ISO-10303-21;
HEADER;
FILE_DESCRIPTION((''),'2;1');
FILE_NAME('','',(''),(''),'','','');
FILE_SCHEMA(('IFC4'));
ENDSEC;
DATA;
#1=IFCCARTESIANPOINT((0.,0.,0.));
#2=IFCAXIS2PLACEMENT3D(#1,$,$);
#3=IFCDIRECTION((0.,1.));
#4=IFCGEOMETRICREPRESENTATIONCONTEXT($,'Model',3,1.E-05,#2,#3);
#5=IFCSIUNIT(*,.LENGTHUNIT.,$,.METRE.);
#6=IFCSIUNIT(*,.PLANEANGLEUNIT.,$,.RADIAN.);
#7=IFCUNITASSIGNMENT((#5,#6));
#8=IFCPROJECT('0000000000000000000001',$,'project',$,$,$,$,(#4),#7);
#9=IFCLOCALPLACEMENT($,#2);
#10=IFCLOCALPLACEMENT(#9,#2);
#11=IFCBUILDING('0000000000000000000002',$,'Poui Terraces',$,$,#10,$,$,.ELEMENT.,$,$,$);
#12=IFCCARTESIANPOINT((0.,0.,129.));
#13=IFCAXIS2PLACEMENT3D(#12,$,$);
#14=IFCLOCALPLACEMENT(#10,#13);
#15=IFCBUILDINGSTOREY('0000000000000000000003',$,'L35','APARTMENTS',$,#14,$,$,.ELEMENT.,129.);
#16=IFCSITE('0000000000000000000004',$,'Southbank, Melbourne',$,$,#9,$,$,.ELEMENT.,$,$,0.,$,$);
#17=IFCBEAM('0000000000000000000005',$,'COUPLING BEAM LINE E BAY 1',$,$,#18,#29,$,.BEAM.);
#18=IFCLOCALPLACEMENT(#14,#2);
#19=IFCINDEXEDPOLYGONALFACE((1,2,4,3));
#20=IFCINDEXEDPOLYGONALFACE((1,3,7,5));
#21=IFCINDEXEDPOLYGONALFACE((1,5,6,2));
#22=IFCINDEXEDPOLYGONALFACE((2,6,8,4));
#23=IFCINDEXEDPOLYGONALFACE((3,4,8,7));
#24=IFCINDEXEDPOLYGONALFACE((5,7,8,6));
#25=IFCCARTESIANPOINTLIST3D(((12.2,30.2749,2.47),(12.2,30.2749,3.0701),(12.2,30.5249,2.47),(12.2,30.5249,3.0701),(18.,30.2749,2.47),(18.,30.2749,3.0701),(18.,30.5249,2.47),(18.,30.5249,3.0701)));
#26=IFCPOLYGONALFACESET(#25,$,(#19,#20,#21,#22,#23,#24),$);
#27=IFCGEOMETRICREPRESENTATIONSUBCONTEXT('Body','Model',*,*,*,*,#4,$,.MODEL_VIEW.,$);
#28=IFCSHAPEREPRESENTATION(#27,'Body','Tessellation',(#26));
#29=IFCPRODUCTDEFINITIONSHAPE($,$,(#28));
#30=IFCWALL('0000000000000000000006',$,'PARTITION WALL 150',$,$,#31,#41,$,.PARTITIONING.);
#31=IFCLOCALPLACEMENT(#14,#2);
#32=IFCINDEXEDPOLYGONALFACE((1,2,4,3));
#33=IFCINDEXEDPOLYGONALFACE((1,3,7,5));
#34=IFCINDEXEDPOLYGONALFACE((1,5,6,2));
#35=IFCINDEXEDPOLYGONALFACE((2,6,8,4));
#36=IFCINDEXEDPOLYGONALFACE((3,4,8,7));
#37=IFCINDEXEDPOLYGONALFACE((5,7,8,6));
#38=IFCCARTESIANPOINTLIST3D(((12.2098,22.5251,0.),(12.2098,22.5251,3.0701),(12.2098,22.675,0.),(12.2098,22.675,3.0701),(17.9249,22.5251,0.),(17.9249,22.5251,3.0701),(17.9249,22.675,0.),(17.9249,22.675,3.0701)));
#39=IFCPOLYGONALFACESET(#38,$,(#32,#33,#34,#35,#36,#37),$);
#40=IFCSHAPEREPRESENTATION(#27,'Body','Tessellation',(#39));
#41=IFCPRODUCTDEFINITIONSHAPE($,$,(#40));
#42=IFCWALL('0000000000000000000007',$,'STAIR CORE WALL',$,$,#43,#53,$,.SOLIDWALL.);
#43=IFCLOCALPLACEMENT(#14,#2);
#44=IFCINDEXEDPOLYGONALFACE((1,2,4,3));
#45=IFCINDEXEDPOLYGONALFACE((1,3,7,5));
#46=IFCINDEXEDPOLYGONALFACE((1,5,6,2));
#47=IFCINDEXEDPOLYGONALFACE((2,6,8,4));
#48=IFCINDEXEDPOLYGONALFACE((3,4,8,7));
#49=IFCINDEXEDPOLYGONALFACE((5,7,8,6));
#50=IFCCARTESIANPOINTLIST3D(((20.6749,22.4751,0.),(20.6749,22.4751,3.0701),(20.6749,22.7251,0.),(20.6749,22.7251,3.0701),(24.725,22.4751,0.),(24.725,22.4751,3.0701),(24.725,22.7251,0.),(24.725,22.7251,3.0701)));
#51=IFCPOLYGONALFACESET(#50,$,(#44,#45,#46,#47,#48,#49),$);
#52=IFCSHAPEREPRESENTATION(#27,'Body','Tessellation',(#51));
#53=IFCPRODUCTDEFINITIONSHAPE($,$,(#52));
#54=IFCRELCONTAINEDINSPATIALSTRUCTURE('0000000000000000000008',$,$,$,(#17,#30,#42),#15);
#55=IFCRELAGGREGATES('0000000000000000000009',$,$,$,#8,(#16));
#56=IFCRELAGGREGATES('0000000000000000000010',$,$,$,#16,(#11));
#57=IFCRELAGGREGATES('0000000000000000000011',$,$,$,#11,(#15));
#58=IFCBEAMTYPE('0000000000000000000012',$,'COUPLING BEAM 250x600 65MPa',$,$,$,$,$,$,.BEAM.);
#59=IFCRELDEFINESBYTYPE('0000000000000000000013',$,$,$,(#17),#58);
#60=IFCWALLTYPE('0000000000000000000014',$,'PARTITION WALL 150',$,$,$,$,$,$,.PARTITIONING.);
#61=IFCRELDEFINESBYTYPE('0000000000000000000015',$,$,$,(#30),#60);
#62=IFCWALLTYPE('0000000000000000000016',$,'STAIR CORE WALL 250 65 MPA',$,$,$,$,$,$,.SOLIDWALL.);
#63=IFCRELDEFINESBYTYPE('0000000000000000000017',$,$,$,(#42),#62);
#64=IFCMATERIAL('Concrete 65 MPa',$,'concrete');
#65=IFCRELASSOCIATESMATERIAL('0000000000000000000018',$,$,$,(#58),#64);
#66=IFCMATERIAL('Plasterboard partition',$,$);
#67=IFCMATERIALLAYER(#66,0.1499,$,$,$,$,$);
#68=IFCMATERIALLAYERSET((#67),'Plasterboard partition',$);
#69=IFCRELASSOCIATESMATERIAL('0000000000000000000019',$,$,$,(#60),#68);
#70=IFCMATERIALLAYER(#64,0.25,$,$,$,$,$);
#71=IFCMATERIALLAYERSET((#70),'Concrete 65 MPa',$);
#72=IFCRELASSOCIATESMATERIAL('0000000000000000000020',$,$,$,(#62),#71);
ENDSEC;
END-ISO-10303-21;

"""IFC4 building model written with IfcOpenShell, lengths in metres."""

from ifc_helpers import new_model, si_unit, direction, frame, frame_2d, origin, origin_2d, place, context, subcontext, project, spatial, rectangle, extrude, source, transform, mapped, material, layer, layer_set, material_profile, profile_set, type_object, element, save


model = new_model("IFC4")

# Units and contexts
model_context = context("Model", 3, precision=1e-05, world=origin(), true_north=direction((0.0, 1.0)))
body_context = subcontext(model_context, "Body", "Model", "MODEL_VIEW")
ifc_project = project(units=[si_unit("LENGTHUNIT", "METRE"), si_unit("PLANEANGLEUNIT", "RADIAN")], contexts=[model_context])

# Site, building, storey
site_placement = place(None, origin())
site = spatial("IfcSite", under=ifc_project, at=site_placement, Name="Southbank, Melbourne", CompositionType="ELEMENT", RefElevation=0.0)
building_placement = place(site_placement, origin())
building = spatial("IfcBuilding", under=site, at=building_placement, Name="Poui Terraces", CompositionType="ELEMENT")
storey_placement = place(building_placement, frame((0.0, 0.0, 129.0)))
storey = spatial("IfcBuildingStorey", under=building, at=storey_placement, Name="L35", Description="APARTMENTS", CompositionType="ELEMENT", Elevation=129.0)

# Beam
ifc_material_1 = material(Name="Concrete 65 MPa", Category="concrete")
ifc_material_profile = material_profile(ifc_material_1, rectangle(XDim=0.25, YDim=0.6001, at=origin_2d()), Name="RC 250x600")
ifc_profile_set = profile_set([ifc_material_profile], Name="Concrete 65 MPa")
beam_type = type_object("IfcBeamType", Name="COUPLING BEAM 250x600 65MPa", PredefinedType="BEAM", material=ifc_profile_set)
shared_shape = source(origin(), body_context, "Body", "SweptSolid", [
    extrude(rectangle(XDim=0.25, YDim=0.6001, at=origin_2d()), origin(), (0.0, 0.0, 1.0), 5.8),
])
beam_placement = place(storey_placement, frame((12.2, 30.3999, 2.77), z_axis=(1.0, 0.0, 0.0), x_axis=(0.0, 1.0, 0.0)))
element("IfcBeam", 1, at=beam_placement, inside=storey, type_object=beam_type, Name="COUPLING BEAM LINE E BAY 1", PredefinedType="BEAM", context=body_context, shape_type="MappedRepresentation", body=[
    mapped(shared_shape, transform((0.0, 0.0, 0.0))),
])

# Walls
ifc_material_2 = material(Name="Plasterboard partition")
ifc_layer_1 = layer(ifc_material_2, 0.1499)
ifc_layer_set_1 = layer_set([ifc_layer_1], Name="Plasterboard partition")
wall_type_1 = type_object("IfcWallType", Name="PARTITION WALL 150", PredefinedType="PARTITIONING", material=ifc_layer_set_1)
wall_1_placement = place(storey_placement, frame((12.21, 22.6001, 0.0), z_axis=(0.0, 0.0, 1.0), x_axis=(1.0, 0.0, 0.0)))
element("IfcWall", 2, at=wall_1_placement, inside=storey, type_object=wall_type_1, Name="PARTITION WALL 150", PredefinedType="PARTITIONING", context=body_context, shape_type="SweptSolid", body=[
    extrude(rectangle(XDim=5.7151, YDim=0.1499, at=frame_2d((2.8574, 0.0))), origin(), (0.0, 0.0, 1.0), 3.0701),
])
ifc_layer_2 = layer(ifc_material_1, 0.25)
ifc_layer_set_2 = layer_set([ifc_layer_2], Name="Concrete 65 MPa")
wall_type_2 = type_object("IfcWallType", Name="STAIR CORE WALL 250 65 MPA", PredefinedType="SOLIDWALL", material=ifc_layer_set_2)
wall_2_placement = place(storey_placement, frame((20.675, 22.6001, 0.0), z_axis=(0.0, 0.0, 1.0), x_axis=(1.0, 0.0, 0.0)))
element("IfcWall", 3, at=wall_2_placement, inside=storey, type_object=wall_type_2, Name="STAIR CORE WALL", PredefinedType="SOLIDWALL", context=body_context, shape_type="SweptSolid", body=[
    extrude(rectangle(XDim=4.05, YDim=0.25, at=frame_2d((2.0249, 0.0))), origin(), (0.0, 0.0, 1.0), 3.0701),
])

save(model, "model.ifc")
